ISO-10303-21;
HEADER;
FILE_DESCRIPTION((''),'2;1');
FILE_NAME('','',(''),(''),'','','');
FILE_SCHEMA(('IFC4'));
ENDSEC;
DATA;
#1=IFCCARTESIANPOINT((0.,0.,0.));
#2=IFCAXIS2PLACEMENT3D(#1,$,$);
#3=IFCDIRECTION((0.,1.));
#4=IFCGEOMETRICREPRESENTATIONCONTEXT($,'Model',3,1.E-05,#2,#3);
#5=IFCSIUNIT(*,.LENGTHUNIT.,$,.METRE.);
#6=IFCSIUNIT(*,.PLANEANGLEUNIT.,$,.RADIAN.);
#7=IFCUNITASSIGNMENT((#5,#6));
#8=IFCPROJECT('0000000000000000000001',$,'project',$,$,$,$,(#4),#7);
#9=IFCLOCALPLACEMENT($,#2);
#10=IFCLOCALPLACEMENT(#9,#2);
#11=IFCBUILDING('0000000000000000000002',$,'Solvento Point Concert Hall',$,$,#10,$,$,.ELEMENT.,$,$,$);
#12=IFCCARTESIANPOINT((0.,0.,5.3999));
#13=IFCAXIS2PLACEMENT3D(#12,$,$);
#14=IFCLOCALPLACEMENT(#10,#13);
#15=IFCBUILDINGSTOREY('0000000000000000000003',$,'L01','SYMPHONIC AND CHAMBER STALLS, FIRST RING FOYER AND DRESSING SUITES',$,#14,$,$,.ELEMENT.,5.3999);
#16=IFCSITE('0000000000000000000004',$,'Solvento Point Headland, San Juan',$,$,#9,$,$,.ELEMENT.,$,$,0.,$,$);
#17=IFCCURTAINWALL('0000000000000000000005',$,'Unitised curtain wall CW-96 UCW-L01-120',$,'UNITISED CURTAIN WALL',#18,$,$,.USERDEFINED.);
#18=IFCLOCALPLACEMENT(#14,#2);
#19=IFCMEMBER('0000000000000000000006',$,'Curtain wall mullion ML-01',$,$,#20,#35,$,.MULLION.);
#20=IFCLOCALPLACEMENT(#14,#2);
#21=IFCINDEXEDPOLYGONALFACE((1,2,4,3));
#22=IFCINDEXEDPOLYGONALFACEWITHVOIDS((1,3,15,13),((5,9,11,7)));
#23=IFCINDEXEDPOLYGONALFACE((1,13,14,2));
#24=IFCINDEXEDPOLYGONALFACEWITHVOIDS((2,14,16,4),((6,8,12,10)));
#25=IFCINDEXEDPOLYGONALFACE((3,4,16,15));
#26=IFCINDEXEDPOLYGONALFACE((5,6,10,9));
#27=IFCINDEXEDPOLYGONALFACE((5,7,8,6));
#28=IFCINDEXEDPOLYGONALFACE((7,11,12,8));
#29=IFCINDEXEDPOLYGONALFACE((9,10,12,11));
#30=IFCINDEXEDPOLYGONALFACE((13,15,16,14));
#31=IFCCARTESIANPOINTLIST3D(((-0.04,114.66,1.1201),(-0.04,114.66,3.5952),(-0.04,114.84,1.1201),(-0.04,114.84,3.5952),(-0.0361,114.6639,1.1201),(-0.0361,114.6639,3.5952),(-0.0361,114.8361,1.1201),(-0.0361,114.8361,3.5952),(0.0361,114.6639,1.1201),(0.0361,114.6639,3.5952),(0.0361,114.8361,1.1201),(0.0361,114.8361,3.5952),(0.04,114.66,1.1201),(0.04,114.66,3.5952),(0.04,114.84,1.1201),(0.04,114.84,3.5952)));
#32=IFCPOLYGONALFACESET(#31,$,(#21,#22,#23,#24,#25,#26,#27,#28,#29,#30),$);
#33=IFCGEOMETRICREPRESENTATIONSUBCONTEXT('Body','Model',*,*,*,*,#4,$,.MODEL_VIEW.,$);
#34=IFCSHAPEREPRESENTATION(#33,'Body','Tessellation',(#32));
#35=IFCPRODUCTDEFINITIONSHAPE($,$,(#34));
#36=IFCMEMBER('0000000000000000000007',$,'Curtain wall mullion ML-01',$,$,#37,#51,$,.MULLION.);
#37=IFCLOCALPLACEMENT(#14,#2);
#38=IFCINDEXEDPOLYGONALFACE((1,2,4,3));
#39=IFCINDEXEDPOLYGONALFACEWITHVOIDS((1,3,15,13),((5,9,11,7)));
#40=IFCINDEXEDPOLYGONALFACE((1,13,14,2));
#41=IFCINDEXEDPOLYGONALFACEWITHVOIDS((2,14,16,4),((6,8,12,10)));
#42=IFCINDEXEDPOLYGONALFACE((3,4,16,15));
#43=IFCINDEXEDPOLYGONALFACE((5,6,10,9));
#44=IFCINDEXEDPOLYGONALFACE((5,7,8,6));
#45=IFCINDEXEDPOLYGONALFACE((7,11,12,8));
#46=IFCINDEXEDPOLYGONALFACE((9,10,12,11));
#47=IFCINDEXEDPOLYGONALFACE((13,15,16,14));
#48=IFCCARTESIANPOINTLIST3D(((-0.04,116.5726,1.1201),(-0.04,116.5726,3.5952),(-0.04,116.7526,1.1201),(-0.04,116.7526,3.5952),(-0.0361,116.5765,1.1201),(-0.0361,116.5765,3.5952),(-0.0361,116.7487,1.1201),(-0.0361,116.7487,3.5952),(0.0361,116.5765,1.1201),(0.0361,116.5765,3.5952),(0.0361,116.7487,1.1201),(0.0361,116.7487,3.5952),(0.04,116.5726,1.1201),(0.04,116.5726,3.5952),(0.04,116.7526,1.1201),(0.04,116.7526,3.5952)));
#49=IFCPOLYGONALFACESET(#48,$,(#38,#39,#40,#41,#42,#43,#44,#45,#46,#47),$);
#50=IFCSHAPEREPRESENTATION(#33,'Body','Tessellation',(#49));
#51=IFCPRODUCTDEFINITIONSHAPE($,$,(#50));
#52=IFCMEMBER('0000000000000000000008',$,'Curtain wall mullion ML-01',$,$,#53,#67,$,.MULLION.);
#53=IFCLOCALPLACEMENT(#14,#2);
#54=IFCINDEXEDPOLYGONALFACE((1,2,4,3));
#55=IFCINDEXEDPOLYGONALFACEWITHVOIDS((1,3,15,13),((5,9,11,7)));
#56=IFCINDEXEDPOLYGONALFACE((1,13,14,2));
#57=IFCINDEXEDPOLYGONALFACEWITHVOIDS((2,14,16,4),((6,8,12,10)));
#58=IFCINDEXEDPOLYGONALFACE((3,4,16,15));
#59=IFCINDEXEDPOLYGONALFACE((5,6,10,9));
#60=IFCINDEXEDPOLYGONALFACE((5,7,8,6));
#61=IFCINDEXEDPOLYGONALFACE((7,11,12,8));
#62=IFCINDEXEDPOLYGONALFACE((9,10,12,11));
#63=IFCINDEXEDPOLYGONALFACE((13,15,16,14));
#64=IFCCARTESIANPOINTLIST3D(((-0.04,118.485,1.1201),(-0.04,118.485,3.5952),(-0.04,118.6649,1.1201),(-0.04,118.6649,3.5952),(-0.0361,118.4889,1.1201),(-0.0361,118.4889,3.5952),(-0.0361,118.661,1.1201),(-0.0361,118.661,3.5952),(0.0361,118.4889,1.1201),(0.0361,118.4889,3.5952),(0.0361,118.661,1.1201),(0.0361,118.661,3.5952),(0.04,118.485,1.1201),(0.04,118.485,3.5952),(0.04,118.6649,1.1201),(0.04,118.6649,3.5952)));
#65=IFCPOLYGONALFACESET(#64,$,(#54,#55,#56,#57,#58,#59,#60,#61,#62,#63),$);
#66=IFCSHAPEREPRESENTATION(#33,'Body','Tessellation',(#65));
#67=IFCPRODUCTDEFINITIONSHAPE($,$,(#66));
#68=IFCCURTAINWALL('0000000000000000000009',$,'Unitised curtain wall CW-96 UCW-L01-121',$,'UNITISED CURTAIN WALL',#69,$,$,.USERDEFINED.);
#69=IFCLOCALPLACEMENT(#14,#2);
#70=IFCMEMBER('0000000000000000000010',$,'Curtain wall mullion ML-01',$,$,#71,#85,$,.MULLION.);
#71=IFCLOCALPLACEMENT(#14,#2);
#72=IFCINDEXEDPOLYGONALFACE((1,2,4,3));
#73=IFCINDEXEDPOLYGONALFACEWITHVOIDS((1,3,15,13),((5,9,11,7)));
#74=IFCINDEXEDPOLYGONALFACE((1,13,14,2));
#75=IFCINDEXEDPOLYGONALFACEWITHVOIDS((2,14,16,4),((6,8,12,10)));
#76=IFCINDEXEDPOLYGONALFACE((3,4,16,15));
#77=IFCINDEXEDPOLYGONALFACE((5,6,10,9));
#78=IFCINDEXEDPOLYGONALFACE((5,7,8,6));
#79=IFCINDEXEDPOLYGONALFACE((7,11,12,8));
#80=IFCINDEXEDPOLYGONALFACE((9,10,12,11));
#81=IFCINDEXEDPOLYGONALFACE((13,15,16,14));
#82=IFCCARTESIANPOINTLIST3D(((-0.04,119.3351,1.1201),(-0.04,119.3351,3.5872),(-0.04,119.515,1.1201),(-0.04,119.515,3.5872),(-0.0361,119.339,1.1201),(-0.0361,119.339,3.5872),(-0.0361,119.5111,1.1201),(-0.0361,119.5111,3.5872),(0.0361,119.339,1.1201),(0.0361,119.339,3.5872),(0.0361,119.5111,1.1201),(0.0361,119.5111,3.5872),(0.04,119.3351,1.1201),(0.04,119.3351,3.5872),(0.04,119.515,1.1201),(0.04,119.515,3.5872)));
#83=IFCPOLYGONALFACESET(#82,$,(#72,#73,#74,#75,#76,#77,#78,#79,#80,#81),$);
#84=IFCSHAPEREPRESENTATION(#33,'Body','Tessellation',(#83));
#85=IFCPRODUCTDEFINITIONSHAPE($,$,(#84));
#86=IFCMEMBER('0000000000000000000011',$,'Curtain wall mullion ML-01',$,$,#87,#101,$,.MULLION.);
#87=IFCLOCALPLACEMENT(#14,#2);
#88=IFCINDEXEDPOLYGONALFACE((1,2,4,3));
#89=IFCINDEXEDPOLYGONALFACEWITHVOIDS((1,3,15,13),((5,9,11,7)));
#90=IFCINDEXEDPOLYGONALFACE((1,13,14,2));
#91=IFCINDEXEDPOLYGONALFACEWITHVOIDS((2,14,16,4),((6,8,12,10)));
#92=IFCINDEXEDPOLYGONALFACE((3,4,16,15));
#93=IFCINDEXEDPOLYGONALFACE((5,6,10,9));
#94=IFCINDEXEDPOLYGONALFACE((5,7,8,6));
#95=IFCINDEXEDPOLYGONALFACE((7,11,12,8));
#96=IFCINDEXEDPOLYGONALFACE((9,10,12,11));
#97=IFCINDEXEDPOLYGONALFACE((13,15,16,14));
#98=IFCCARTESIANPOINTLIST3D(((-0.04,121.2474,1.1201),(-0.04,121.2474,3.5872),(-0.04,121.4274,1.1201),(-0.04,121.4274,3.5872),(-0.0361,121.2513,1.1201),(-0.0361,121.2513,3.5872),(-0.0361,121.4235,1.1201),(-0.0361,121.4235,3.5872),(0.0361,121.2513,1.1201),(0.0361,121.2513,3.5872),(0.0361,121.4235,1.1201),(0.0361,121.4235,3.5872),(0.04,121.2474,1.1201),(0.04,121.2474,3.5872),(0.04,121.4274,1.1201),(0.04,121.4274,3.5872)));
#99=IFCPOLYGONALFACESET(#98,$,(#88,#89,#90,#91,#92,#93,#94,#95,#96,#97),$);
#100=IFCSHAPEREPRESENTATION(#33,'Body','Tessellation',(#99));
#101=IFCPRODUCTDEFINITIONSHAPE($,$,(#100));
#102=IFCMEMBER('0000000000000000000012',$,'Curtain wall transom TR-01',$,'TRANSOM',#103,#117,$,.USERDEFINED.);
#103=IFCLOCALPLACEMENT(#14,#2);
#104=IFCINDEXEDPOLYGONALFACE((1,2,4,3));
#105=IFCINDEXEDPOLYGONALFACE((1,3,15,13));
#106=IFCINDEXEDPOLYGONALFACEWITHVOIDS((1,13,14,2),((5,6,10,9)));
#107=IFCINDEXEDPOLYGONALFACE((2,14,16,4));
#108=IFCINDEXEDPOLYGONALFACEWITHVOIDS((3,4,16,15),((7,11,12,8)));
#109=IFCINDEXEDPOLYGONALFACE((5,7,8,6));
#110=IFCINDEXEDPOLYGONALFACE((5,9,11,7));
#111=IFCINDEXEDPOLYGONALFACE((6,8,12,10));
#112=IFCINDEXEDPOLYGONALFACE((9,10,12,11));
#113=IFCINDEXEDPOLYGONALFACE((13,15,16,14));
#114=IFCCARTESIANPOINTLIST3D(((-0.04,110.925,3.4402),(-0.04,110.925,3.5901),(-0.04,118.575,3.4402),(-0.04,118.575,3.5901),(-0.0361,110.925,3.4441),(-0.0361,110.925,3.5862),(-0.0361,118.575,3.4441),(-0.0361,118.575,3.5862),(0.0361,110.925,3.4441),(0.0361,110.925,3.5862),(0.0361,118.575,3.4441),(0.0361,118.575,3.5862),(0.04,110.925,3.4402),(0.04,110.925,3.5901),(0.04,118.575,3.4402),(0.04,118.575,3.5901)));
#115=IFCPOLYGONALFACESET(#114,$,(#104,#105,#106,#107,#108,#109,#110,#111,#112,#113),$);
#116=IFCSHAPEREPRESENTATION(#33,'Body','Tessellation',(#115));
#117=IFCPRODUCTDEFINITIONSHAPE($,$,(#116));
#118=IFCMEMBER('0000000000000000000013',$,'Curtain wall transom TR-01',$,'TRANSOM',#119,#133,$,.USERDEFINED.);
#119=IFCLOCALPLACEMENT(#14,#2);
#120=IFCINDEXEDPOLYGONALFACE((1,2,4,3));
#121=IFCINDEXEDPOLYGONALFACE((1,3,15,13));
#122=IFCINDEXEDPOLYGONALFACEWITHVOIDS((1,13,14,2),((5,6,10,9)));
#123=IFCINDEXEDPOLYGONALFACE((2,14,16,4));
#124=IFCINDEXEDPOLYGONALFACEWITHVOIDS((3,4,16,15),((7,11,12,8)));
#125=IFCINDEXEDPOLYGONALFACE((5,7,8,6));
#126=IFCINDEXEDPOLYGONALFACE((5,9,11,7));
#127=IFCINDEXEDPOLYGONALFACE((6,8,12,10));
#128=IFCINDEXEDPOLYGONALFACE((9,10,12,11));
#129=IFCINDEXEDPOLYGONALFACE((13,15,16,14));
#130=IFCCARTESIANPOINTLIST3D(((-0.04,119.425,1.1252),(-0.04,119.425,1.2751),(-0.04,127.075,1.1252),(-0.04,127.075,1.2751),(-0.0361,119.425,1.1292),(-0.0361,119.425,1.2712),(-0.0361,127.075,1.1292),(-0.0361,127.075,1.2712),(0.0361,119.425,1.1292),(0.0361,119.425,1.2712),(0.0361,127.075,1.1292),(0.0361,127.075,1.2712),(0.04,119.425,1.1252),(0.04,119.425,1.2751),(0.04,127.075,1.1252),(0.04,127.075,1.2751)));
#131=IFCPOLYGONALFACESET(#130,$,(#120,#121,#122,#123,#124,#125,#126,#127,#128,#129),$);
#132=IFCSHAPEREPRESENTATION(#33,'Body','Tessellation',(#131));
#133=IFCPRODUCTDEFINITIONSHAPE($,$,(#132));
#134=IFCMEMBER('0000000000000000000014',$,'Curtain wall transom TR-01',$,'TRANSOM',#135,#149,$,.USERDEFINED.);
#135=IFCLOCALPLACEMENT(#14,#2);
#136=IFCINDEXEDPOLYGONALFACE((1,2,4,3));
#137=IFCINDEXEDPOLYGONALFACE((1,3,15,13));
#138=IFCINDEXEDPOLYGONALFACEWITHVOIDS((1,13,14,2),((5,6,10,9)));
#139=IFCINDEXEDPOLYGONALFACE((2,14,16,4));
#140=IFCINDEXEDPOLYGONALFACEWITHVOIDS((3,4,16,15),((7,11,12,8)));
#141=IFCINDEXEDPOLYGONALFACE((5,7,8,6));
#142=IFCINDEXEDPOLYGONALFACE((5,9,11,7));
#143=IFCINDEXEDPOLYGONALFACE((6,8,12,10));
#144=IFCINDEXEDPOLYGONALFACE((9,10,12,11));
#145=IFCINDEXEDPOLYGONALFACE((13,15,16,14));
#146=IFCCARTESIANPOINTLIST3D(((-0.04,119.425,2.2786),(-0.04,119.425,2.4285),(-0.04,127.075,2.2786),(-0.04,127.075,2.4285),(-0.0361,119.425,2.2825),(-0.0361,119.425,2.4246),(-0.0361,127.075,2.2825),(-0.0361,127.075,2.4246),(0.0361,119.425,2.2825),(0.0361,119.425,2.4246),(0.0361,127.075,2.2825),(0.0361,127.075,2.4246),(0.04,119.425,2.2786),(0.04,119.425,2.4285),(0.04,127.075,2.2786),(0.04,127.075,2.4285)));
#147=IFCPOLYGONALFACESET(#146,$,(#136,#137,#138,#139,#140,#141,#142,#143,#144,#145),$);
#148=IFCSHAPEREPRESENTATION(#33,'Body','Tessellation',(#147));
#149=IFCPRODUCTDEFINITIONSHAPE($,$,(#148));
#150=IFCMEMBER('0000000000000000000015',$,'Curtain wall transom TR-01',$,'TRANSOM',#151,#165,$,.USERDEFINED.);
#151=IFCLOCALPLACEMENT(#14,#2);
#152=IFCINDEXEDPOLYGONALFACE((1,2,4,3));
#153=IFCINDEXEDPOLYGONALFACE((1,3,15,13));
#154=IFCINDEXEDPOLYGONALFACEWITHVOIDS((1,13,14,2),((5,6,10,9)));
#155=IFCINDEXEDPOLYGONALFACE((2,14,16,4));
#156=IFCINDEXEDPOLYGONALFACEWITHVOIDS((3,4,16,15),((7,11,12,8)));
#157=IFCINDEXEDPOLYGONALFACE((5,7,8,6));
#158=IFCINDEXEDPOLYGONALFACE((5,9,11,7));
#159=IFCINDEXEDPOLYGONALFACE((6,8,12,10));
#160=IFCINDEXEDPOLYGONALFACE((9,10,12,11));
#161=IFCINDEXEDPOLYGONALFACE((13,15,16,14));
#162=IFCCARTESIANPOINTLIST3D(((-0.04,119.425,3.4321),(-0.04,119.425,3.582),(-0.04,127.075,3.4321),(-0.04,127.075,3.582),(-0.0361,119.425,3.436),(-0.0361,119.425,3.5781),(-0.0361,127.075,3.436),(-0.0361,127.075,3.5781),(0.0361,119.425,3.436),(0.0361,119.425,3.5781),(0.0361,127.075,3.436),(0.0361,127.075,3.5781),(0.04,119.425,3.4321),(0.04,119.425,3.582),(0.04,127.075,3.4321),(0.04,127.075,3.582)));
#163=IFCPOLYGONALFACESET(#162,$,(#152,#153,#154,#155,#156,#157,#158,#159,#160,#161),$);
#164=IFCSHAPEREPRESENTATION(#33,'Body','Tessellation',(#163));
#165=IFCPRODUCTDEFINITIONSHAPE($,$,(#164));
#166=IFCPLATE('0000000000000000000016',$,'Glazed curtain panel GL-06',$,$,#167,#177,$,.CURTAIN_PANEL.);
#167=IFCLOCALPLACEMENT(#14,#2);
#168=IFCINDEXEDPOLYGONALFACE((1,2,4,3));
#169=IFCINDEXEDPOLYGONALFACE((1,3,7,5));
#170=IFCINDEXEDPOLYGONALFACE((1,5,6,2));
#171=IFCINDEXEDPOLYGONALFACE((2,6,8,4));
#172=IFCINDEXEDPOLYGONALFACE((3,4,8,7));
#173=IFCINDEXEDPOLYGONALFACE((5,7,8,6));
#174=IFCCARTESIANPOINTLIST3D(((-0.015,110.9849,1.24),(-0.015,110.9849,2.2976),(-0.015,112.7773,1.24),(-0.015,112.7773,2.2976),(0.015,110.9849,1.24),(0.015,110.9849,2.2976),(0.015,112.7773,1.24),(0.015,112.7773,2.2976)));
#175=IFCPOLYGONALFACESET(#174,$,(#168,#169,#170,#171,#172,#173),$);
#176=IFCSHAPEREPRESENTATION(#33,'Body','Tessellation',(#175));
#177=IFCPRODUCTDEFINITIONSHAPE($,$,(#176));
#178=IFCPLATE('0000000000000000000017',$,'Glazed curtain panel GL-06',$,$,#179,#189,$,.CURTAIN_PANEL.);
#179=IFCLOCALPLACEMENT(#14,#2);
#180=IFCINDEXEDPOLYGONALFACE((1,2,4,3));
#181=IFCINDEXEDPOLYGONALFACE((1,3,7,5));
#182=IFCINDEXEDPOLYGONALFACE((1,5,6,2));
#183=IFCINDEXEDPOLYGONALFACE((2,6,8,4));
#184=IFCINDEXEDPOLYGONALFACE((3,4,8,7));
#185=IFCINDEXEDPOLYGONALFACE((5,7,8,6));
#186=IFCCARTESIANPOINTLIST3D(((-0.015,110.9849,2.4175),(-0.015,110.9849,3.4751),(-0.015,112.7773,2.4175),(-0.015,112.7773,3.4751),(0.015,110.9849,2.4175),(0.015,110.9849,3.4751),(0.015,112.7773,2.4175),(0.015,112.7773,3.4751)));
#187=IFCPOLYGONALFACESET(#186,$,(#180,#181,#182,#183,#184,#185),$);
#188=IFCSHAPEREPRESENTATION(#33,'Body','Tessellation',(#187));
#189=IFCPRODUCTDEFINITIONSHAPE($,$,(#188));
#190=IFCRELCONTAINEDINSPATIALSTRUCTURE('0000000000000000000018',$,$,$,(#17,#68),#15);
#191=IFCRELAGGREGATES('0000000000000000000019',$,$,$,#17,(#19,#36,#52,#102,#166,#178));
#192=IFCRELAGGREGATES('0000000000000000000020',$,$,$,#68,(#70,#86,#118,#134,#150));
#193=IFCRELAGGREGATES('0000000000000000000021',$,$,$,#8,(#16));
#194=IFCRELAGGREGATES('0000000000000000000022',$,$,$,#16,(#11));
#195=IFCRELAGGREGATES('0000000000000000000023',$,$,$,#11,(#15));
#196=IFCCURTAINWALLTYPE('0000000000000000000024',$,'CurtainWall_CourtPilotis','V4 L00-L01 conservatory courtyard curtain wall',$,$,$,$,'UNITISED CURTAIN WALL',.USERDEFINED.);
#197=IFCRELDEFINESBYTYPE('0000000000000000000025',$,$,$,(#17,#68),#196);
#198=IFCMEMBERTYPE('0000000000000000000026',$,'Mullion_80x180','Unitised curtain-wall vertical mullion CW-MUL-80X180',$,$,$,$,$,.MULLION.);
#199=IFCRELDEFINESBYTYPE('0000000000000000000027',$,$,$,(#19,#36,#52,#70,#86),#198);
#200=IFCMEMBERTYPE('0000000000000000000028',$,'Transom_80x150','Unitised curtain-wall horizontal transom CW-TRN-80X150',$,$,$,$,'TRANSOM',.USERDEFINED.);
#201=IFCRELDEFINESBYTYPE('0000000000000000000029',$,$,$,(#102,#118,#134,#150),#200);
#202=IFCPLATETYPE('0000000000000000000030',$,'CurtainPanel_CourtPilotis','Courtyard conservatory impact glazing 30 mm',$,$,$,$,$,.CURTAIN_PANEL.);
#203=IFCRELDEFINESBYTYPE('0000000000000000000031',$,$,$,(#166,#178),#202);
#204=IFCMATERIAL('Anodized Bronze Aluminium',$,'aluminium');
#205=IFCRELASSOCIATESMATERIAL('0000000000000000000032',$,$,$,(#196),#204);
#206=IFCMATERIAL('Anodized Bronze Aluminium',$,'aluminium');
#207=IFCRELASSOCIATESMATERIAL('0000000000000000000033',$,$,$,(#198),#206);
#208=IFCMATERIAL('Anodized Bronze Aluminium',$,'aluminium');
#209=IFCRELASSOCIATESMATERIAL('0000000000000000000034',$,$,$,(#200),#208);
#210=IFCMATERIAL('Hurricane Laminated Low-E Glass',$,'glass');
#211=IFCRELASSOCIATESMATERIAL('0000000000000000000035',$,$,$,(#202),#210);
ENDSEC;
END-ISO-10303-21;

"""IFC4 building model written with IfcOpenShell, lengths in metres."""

from ifc_helpers import new_model, si_unit, direction, frame, origin, origin_2d, place, context, subcontext, project, spatial, rectangle, hollow_rectangle, extrude, material, material_profile, profile_set, type_object, element, aggregate, save


model = new_model("IFC4")

# Units and contexts
model_context = context("Model", 3, precision=1e-05, world=origin(), true_north=direction((0.0, 1.0)))
body_context = subcontext(model_context, "Body", "Model", "MODEL_VIEW")
ifc_project = project(units=[si_unit("LENGTHUNIT", "METRE"), si_unit("PLANEANGLEUNIT", "RADIAN")], contexts=[model_context])

# Site, building, storey
site_placement = place(None, origin())
site = spatial("IfcSite", under=ifc_project, at=site_placement, Name="Solvento Point Headland, San Juan", CompositionType="ELEMENT", RefElevation=0.0)
building_placement = place(site_placement, origin())
building = spatial("IfcBuilding", under=site, at=building_placement, Name="Solvento Point Concert Hall", CompositionType="ELEMENT")
storey_placement = place(building_placement, frame((0.0, 0.0, 5.3999)))
storey = spatial("IfcBuildingStorey", under=building, at=storey_placement, Name="L01", Description="SYMPHONIC AND CHAMBER STALLS, FIRST RING FOYER AND DRESSING SUITES", CompositionType="ELEMENT", Elevation=5.3999)

# Curtain walls, members
ifc_material_1 = material(Name="Anodized Bronze Aluminium", Category="aluminium")
curtain_wall_type = type_object("IfcCurtainWallType", Name="CurtainWall_CourtPilotis", Description="V4 L00-L01 conservatory courtyard curtain wall", ElementType="UNITISED CURTAIN WALL", PredefinedType="USERDEFINED", material=ifc_material_1)
curtain_wall_1_placement = place(storey_placement, origin())
curtain_wall_1 = element("IfcCurtainWall", 1, at=curtain_wall_1_placement, inside=storey, type_object=curtain_wall_type, Name="Unitised curtain wall CW-96 UCW-L01-120", ObjectType="UNITISED CURTAIN WALL", PredefinedType="USERDEFINED")
ifc_material_2 = material(Name="Anodized Bronze Aluminium", Category="aluminium")
ifc_material_profile_1 = material_profile(ifc_material_2, hollow_rectangle(XDim=0.0801, YDim=0.1799, WallThickness=0.0039, at=origin_2d()), Name="CW-MUL-80X180")
ifc_profile_set_1 = profile_set([ifc_material_profile_1], Name="Anodized Bronze Aluminium")
member_type_1 = type_object("IfcMemberType", Name="Mullion_80x180", Description="Unitised curtain-wall vertical mullion CW-MUL-80X180", PredefinedType="MULLION", material=ifc_profile_set_1)
member_1_placement = place(storey_placement, frame((0.0, 114.75, 1.1201), z_axis=(0.0, 0.0, 1.0), x_axis=(1.0, 0.0, 0.0)))
member_1 = element("IfcMember", 2, at=member_1_placement, type_object=member_type_1, Name="Curtain wall mullion ML-01", PredefinedType="MULLION", context=body_context, shape_type="SweptSolid", body=[
    extrude(hollow_rectangle(XDim=0.0801, YDim=0.1799, WallThickness=0.0039, at=origin_2d()), origin(), (0.0, 0.0, 1.0), 2.4751),
])
member_2_placement = place(storey_placement, frame((0.0, 116.6626, 1.1201), z_axis=(0.0, 0.0, 1.0), x_axis=(1.0, 0.0, 0.0)))
member_2 = element("IfcMember", 3, at=member_2_placement, type_object=member_type_1, Name="Curtain wall mullion ML-01", PredefinedType="MULLION", context=body_context, shape_type="SweptSolid", body=[
    extrude(hollow_rectangle(XDim=0.0801, YDim=0.1799, WallThickness=0.0039, at=origin_2d()), origin(), (0.0, 0.0, 1.0), 2.4751),
])
member_3_placement = place(storey_placement, frame((0.0, 118.575, 1.1201), z_axis=(0.0, 0.0, 1.0), x_axis=(1.0, 0.0, 0.0)))
member_3 = element("IfcMember", 4, at=member_3_placement, type_object=member_type_1, Name="Curtain wall mullion ML-01", PredefinedType="MULLION", context=body_context, shape_type="SweptSolid", body=[
    extrude(hollow_rectangle(XDim=0.0801, YDim=0.1799, WallThickness=0.0039, at=origin_2d()), origin(), (0.0, 0.0, 1.0), 2.4751),
])
curtain_wall_2_placement = place(storey_placement, origin())
curtain_wall_2 = element("IfcCurtainWall", 5, at=curtain_wall_2_placement, inside=storey, type_object=curtain_wall_type, Name="Unitised curtain wall CW-96 UCW-L01-121", ObjectType="UNITISED CURTAIN WALL", PredefinedType="USERDEFINED")
member_4_placement = place(storey_placement, frame((0.0, 119.425, 1.1201), z_axis=(0.0, 0.0, 1.0), x_axis=(1.0, 0.0, 0.0)))
member_4 = element("IfcMember", 6, at=member_4_placement, type_object=member_type_1, Name="Curtain wall mullion ML-01", PredefinedType="MULLION", context=body_context, shape_type="SweptSolid", body=[
    extrude(hollow_rectangle(XDim=0.0801, YDim=0.1799, WallThickness=0.0039, at=origin_2d()), origin(), (0.0, 0.0, 1.0), 2.467),
])
member_5_placement = place(storey_placement, frame((0.0, 121.3374, 1.1201), z_axis=(0.0, 0.0, 1.0), x_axis=(1.0, 0.0, 0.0)))
member_5 = element("IfcMember", 7, at=member_5_placement, type_object=member_type_1, Name="Curtain wall mullion ML-01", PredefinedType="MULLION", context=body_context, shape_type="SweptSolid", body=[
    extrude(hollow_rectangle(XDim=0.0801, YDim=0.1799, WallThickness=0.0039, at=origin_2d()), origin(), (0.0, 0.0, 1.0), 2.467),
])

# Members
ifc_material_3 = material(Name="Anodized Bronze Aluminium", Category="aluminium")
ifc_material_profile_2 = material_profile(ifc_material_3, hollow_rectangle(XDim=0.0801, YDim=0.1499, WallThickness=0.0039, at=origin_2d()), Name="CW-TRN-80X150")
ifc_profile_set_2 = profile_set([ifc_material_profile_2], Name="Anodized Bronze Aluminium")
member_type_2 = type_object("IfcMemberType", Name="Transom_80x150", Description="Unitised curtain-wall horizontal transom CW-TRN-80X150", ElementType="TRANSOM", PredefinedType="USERDEFINED", material=ifc_profile_set_2)
member_6_placement = place(storey_placement, frame((0.0, 110.925, 3.5151), z_axis=(0.0, 1.0, 0.0), x_axis=(-1.0, 0.0, 0.0)))
member_6 = element("IfcMember", 8, at=member_6_placement, type_object=member_type_2, Name="Curtain wall transom TR-01", ObjectType="TRANSOM", PredefinedType="USERDEFINED", context=body_context, shape_type="SweptSolid", body=[
    extrude(hollow_rectangle(XDim=0.0801, YDim=0.1499, WallThickness=0.0039, at=origin_2d()), origin(), (0.0, 0.0, 1.0), 7.6499),
])
member_7_placement = place(storey_placement, frame((0.0, 119.425, 1.2002), z_axis=(0.0, 1.0, 0.0), x_axis=(-1.0, 0.0, 0.0)))
member_7 = element("IfcMember", 9, at=member_7_placement, type_object=member_type_2, Name="Curtain wall transom TR-01", ObjectType="TRANSOM", PredefinedType="USERDEFINED", context=body_context, shape_type="SweptSolid", body=[
    extrude(hollow_rectangle(XDim=0.0801, YDim=0.1499, WallThickness=0.0039, at=origin_2d()), origin(), (0.0, 0.0, 1.0), 7.6499),
])
member_8_placement = place(storey_placement, frame((0.0, 119.425, 2.3535), z_axis=(0.0, 1.0, 0.0), x_axis=(-1.0, 0.0, 0.0)))
member_8 = element("IfcMember", 10, at=member_8_placement, type_object=member_type_2, Name="Curtain wall transom TR-01", ObjectType="TRANSOM", PredefinedType="USERDEFINED", context=body_context, shape_type="SweptSolid", body=[
    extrude(hollow_rectangle(XDim=0.0801, YDim=0.1499, WallThickness=0.0039, at=origin_2d()), origin(), (0.0, 0.0, 1.0), 7.6499),
])
member_9_placement = place(storey_placement, frame((0.0, 119.425, 3.5071), z_axis=(0.0, 1.0, 0.0), x_axis=(-1.0, 0.0, 0.0)))
member_9 = element("IfcMember", 11, at=member_9_placement, type_object=member_type_2, Name="Curtain wall transom TR-01", ObjectType="TRANSOM", PredefinedType="USERDEFINED", context=body_context, shape_type="SweptSolid", body=[
    extrude(hollow_rectangle(XDim=0.0801, YDim=0.1499, WallThickness=0.0039, at=origin_2d()), origin(), (0.0, 0.0, 1.0), 7.6499),
])

# Plates
ifc_material_4 = material(Name="Hurricane Laminated Low-E Glass", Category="glass")
plate_type = type_object("IfcPlateType", Name="CurtainPanel_CourtPilotis", Description="Courtyard conservatory impact glazing 30 mm", PredefinedType="CURTAIN_PANEL", material=ifc_material_4)
plate_1_placement = place(storey_placement, frame((0.0, 111.8811, 1.24), z_axis=(0.0, 0.0, 1.0), x_axis=(0.0, 1.0, 0.0)))
plate_1 = element("IfcPlate", 12, at=plate_1_placement, type_object=plate_type, Name="Glazed curtain panel GL-06", PredefinedType="CURTAIN_PANEL", context=body_context, shape_type="SweptSolid", body=[
    extrude(rectangle(XDim=1.7925, YDim=0.03, at=origin_2d()), origin(), (0.0, 0.0, 1.0), 1.0576),
])
plate_2_placement = place(storey_placement, frame((0.0, 111.8811, 2.4175), z_axis=(0.0, 0.0, 1.0), x_axis=(0.0, 1.0, 0.0)))
plate_2 = element("IfcPlate", 13, at=plate_2_placement, type_object=plate_type, Name="Glazed curtain panel GL-06", PredefinedType="CURTAIN_PANEL", context=body_context, shape_type="SweptSolid", body=[
    extrude(rectangle(XDim=1.7925, YDim=0.03, at=origin_2d()), origin(), (0.0, 0.0, 1.0), 1.0576),
])
aggregate(curtain_wall_1, [member_1, member_2, member_3, member_6, plate_1, plate_2])
aggregate(curtain_wall_2, [member_4, member_5, member_7, member_8, member_9])

save(model, "model.ifc")
